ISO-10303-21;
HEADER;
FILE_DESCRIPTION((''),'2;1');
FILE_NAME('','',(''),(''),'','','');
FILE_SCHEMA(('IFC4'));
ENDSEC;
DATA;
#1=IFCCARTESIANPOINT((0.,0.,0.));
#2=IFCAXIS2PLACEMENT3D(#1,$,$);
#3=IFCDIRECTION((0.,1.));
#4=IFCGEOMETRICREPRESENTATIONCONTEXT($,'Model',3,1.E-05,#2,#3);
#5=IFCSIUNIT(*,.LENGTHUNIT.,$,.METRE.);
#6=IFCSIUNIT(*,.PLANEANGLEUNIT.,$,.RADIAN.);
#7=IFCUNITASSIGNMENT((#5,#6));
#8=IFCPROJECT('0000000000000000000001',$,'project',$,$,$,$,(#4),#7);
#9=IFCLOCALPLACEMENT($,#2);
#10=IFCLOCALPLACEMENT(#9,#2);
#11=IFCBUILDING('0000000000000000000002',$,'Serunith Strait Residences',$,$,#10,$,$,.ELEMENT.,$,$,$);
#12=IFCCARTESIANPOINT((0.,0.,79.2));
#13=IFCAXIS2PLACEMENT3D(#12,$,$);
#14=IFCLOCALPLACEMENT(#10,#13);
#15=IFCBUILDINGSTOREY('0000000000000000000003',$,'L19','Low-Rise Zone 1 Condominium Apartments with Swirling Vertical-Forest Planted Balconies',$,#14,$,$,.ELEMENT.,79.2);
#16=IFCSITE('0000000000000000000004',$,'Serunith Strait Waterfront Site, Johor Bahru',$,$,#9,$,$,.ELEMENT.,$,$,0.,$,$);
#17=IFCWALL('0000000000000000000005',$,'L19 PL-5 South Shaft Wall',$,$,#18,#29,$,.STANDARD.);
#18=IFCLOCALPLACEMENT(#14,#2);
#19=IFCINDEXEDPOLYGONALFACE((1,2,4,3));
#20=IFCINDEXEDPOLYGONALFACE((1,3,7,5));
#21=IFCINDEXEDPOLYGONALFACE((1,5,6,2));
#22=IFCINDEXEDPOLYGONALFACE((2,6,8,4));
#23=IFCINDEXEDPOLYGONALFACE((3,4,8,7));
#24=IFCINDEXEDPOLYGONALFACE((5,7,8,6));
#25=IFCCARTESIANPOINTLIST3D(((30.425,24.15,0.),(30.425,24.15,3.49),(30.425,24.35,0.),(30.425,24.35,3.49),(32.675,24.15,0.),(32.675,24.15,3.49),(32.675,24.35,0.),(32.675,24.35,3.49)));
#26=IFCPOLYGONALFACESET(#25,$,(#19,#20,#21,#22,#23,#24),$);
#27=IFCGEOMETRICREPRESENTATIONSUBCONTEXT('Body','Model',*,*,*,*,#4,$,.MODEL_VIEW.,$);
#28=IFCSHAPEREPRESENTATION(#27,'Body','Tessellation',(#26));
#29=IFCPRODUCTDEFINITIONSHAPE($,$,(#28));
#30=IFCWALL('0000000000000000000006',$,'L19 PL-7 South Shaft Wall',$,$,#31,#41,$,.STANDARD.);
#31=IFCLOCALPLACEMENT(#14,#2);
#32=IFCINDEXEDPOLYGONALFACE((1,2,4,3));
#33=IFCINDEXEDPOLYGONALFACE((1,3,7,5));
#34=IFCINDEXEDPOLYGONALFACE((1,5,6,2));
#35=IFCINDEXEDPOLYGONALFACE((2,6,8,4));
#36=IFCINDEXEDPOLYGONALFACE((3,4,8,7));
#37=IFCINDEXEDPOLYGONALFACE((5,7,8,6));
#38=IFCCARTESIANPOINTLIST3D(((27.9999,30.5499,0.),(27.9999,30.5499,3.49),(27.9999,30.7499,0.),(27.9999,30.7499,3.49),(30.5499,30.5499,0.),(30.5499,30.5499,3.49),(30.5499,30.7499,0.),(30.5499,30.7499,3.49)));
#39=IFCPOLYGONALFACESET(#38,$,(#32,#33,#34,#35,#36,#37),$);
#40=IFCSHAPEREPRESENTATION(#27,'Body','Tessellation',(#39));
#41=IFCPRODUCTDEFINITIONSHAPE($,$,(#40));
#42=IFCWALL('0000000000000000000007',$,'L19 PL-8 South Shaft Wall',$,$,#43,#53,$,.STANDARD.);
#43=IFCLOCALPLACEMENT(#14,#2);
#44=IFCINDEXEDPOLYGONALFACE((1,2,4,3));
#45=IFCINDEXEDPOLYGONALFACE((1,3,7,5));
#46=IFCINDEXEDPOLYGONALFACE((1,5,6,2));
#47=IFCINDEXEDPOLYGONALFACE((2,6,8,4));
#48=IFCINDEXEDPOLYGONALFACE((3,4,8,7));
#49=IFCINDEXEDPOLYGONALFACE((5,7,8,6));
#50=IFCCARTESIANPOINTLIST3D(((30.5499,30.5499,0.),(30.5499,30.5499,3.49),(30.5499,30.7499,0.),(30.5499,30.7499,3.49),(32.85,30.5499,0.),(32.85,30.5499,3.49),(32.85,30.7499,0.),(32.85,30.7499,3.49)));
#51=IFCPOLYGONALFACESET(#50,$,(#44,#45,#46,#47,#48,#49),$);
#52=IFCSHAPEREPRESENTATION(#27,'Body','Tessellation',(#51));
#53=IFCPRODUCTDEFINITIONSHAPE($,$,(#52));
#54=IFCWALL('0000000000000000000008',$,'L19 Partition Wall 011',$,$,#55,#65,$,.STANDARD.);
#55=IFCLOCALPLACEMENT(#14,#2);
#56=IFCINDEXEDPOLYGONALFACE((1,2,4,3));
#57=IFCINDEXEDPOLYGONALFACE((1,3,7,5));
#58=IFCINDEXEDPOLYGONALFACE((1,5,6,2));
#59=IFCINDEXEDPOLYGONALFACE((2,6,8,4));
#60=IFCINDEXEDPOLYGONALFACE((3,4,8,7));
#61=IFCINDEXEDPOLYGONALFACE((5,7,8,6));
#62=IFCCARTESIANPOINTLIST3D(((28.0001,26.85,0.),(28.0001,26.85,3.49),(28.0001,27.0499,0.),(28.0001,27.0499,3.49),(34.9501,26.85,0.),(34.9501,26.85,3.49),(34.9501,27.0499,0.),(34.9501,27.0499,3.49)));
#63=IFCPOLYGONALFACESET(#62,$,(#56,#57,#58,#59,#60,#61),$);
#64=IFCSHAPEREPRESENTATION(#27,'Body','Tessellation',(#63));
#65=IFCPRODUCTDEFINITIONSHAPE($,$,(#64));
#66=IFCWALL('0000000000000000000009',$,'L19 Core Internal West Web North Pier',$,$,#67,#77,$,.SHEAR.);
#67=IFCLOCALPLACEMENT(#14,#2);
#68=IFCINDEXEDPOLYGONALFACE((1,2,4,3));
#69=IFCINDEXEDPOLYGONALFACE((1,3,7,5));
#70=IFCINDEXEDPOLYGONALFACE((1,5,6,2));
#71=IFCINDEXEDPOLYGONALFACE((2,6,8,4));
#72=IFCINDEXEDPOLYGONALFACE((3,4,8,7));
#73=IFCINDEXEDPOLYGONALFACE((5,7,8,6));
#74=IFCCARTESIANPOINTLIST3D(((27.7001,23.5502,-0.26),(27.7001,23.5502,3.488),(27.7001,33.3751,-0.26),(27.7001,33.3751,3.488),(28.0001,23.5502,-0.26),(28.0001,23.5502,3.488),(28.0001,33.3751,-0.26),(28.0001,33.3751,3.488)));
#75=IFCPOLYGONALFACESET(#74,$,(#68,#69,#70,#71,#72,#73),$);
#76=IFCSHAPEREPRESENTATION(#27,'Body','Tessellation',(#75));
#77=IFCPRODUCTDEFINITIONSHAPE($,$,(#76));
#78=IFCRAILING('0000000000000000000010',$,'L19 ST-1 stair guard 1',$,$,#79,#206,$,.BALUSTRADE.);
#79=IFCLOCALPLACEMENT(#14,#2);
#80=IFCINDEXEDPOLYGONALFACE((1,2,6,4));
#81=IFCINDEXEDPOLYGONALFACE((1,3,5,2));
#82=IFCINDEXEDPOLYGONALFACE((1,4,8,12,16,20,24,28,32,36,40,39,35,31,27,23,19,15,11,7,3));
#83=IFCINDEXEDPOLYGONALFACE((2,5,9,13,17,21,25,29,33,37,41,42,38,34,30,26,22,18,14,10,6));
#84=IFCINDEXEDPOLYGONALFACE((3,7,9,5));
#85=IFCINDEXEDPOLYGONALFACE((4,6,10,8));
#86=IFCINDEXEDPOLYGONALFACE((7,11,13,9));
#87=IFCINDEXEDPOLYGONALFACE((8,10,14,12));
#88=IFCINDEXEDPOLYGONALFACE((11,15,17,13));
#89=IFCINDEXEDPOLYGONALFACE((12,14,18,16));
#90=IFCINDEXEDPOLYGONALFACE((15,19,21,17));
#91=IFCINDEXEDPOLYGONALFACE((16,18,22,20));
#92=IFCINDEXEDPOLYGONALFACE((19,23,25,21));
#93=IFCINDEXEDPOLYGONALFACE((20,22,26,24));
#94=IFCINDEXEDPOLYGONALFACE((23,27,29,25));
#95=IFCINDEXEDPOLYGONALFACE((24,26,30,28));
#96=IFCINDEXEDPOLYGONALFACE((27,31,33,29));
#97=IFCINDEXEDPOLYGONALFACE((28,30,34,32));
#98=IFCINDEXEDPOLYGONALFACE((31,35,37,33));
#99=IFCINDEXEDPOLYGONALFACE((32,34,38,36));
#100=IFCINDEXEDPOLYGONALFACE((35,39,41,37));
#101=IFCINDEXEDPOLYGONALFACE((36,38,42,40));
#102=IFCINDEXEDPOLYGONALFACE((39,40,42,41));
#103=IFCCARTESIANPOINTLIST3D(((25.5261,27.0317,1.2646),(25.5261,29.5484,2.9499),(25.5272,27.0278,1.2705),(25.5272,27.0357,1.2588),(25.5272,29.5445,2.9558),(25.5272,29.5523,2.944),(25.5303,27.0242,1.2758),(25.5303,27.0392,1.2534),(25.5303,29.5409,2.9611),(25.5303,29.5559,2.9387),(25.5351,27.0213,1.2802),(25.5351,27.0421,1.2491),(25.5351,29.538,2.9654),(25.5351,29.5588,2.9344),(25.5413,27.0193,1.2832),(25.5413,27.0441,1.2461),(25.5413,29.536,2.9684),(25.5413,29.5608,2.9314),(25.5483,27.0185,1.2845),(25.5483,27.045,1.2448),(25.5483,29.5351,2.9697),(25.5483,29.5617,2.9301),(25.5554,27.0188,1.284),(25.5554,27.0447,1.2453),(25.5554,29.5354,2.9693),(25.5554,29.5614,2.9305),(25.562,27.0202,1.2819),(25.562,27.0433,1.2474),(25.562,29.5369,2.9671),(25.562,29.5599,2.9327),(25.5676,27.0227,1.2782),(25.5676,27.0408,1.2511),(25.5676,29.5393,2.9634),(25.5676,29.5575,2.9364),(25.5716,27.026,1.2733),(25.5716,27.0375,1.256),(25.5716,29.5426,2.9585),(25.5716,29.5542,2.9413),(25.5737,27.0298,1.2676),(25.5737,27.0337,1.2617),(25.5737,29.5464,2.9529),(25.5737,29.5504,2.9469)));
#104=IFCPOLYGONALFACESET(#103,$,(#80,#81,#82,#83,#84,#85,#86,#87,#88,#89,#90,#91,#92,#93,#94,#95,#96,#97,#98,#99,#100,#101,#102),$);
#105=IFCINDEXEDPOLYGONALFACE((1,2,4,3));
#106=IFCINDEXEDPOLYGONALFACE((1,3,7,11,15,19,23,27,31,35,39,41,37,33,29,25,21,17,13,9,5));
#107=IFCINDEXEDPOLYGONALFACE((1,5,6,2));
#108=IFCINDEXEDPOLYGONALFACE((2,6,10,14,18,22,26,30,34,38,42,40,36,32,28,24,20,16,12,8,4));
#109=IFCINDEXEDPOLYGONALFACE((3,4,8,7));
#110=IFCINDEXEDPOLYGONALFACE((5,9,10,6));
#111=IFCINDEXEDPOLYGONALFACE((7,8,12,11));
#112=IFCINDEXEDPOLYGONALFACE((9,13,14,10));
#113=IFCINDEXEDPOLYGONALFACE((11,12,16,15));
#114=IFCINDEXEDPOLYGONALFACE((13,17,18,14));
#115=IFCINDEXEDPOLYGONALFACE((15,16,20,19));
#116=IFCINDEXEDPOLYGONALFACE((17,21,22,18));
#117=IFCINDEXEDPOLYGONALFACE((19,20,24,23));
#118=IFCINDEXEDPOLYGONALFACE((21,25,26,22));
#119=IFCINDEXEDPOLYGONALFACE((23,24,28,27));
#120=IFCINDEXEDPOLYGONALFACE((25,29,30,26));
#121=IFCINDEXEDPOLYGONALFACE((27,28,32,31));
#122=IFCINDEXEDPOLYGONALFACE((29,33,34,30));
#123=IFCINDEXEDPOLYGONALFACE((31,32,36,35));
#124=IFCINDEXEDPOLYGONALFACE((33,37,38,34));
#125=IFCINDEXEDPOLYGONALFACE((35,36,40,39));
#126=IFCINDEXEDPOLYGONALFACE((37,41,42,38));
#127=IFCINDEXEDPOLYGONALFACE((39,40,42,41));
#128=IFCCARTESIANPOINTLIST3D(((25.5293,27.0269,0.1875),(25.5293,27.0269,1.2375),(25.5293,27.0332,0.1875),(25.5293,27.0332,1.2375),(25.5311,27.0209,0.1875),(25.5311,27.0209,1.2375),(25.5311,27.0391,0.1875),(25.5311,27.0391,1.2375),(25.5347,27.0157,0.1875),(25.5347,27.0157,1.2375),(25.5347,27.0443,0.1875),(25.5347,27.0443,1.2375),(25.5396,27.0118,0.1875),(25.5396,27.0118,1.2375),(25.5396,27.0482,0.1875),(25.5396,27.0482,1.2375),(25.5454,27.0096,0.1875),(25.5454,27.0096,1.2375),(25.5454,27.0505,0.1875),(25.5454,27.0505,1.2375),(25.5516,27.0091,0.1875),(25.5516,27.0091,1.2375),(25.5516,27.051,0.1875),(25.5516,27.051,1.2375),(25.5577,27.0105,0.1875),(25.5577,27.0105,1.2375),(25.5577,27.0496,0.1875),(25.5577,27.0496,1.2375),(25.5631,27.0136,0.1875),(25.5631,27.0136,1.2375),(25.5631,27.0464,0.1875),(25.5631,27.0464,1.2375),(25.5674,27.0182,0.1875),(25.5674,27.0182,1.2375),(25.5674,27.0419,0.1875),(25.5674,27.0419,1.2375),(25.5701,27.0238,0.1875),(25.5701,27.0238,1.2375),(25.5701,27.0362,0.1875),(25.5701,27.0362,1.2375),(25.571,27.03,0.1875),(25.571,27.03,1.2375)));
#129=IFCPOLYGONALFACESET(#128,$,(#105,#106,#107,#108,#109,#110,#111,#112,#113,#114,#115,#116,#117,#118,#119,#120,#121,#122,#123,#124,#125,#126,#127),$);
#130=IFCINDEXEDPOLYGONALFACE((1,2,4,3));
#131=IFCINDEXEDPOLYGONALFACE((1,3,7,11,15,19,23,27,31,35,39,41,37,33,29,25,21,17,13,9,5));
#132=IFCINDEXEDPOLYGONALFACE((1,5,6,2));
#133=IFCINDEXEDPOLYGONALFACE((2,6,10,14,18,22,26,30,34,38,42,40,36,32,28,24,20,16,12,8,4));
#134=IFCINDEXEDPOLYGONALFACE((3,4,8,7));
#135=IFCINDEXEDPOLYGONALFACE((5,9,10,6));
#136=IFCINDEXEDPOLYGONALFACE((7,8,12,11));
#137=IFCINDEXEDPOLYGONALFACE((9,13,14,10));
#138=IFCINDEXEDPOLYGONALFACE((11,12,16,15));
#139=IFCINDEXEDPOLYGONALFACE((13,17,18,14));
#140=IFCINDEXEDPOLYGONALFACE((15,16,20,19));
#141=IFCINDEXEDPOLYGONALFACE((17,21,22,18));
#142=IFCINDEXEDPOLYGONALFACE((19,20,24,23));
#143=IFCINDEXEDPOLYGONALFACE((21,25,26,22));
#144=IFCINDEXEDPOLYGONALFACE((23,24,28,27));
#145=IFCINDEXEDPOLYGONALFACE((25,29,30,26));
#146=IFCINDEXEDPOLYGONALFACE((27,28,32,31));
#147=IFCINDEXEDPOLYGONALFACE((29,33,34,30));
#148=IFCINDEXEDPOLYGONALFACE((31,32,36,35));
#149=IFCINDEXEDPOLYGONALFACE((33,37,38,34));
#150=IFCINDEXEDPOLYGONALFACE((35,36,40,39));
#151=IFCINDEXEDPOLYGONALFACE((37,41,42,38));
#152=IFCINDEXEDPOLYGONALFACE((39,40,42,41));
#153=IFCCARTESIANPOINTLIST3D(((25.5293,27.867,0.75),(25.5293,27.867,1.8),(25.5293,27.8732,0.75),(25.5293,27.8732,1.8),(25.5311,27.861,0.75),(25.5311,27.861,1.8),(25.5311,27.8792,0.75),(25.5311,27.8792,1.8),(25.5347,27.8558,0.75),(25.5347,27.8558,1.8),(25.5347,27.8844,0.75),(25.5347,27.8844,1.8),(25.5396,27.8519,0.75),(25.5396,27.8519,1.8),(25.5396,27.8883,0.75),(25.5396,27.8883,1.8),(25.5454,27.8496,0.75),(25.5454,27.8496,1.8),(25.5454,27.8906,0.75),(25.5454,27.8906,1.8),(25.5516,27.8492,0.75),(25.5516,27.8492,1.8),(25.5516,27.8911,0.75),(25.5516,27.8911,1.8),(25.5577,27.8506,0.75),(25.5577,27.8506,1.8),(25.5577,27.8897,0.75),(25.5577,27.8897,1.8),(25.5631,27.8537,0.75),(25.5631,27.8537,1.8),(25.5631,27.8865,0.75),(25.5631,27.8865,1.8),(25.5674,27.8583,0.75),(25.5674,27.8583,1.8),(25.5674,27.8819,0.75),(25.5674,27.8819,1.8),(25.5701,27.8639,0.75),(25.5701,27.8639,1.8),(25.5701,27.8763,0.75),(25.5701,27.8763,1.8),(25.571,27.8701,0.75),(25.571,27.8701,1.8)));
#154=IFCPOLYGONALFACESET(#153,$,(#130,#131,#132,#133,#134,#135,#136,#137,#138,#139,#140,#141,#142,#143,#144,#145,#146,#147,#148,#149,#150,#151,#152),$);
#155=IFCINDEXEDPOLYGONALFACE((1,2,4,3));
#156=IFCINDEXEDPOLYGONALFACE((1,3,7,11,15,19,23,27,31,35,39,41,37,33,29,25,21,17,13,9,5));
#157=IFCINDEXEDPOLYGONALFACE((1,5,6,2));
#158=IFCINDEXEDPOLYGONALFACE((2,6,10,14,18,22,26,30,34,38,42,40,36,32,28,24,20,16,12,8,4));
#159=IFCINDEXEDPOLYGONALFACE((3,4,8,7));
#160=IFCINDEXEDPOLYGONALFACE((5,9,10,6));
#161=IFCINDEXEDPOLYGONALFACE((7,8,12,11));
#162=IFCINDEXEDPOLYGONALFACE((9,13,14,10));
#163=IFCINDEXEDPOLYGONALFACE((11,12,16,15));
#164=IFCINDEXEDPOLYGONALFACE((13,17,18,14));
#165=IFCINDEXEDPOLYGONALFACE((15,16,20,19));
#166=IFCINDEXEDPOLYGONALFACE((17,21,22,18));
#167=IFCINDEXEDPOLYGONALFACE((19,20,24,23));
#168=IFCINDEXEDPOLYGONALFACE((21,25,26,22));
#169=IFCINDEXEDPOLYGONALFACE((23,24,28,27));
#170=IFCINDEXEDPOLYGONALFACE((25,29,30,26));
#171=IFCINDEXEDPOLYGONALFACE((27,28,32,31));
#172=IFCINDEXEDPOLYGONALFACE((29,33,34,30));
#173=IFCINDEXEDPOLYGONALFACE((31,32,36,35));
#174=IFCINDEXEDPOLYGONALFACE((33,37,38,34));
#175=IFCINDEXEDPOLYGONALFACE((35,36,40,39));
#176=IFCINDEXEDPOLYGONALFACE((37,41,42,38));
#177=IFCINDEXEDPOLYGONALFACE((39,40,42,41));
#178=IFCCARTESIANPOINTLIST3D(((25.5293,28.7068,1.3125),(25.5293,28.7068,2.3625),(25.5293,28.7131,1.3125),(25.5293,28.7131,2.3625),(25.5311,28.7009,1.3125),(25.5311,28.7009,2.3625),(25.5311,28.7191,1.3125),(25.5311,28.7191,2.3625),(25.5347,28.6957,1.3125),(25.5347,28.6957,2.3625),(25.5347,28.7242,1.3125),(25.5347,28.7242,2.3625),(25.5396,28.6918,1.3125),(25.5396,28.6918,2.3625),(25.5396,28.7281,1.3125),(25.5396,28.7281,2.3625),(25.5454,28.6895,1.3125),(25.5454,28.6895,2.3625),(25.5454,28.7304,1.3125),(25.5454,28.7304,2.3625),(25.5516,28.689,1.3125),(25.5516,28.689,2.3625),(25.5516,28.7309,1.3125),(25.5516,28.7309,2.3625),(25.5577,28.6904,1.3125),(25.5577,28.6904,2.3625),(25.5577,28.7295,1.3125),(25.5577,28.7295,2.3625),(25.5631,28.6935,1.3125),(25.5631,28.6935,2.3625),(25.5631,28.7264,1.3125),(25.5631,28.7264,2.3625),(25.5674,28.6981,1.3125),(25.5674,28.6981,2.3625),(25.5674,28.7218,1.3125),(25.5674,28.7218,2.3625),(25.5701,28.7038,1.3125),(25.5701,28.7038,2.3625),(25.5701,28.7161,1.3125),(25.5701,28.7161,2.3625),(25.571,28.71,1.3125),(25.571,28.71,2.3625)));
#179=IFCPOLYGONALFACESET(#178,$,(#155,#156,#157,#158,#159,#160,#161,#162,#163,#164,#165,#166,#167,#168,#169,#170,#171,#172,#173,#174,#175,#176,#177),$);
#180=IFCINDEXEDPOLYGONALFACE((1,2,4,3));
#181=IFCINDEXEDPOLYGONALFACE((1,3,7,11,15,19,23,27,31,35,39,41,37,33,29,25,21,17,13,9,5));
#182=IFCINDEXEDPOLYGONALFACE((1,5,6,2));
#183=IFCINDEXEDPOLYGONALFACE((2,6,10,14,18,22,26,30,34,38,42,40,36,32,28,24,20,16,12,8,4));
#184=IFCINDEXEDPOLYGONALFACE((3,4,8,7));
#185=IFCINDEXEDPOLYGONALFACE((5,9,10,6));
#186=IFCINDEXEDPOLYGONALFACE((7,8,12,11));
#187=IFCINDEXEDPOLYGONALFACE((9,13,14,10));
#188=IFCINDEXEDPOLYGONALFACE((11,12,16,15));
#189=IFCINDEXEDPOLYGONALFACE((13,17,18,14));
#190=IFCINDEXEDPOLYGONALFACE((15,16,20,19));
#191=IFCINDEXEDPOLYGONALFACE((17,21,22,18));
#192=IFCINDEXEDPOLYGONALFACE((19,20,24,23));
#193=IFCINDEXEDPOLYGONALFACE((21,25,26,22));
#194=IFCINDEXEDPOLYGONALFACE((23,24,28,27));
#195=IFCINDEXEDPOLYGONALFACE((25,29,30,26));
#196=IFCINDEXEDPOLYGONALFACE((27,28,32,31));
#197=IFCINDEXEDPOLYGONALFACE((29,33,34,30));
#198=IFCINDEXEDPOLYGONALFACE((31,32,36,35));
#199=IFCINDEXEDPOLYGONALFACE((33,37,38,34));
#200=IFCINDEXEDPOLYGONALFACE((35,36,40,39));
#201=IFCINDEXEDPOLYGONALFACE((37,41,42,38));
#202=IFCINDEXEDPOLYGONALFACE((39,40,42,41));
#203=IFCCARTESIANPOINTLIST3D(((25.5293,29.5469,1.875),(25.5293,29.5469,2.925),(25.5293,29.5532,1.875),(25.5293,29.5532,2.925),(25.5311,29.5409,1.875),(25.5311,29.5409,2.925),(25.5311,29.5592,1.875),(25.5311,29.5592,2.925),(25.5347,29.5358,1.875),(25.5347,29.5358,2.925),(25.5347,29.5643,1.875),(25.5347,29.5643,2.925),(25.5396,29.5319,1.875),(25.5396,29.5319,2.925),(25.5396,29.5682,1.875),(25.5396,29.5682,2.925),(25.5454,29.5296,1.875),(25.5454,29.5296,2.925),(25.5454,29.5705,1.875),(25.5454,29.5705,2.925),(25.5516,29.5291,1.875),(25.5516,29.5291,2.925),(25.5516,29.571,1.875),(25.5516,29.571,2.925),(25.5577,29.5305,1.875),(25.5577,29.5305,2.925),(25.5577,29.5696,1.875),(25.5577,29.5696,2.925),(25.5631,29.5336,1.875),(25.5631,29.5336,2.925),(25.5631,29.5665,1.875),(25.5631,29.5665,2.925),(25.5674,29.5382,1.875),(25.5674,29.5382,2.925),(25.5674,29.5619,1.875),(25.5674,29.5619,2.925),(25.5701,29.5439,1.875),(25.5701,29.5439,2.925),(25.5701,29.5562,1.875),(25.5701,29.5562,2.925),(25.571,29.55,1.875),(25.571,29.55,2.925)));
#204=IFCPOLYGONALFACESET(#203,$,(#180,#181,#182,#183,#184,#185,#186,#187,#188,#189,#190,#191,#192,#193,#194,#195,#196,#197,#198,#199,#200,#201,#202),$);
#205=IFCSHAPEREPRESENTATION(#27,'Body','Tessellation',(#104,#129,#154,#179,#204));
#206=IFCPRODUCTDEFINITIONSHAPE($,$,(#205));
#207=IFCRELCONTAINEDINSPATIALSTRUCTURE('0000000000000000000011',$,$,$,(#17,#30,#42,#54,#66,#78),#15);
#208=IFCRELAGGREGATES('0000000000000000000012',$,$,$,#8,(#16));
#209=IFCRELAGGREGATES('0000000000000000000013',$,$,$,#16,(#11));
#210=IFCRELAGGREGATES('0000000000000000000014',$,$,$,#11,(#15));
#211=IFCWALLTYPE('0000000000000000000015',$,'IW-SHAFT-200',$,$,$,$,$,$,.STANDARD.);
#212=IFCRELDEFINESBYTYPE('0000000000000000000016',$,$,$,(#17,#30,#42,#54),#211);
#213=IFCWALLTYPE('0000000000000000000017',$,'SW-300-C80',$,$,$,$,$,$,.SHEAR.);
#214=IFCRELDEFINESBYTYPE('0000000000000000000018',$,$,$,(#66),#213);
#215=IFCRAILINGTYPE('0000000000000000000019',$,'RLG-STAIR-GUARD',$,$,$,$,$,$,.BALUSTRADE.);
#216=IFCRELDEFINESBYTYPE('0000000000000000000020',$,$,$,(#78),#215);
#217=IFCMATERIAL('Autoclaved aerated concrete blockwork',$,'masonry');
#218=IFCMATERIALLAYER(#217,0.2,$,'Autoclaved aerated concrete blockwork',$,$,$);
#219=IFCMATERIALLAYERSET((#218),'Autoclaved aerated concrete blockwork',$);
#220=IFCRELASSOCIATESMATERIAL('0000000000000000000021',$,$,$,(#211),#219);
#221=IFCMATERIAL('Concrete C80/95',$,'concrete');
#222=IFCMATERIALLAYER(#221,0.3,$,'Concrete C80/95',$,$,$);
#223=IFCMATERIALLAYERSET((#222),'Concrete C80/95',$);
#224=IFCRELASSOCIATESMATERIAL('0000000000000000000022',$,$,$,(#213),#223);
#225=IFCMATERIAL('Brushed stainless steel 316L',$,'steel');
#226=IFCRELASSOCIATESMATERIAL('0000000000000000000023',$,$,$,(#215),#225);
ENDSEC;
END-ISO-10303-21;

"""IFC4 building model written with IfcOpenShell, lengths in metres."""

from ifc_helpers import new_model, si_unit, direction, frame, frame_2d, origin, origin_2d, place, context, subcontext, project, spatial, rectangle, circle, extrude, material, layer, layer_set, type_object, element, save


model = new_model("IFC4")

# Units and contexts
model_context = context("Model", 3, precision=1e-05, world=origin(), true_north=direction((0.0, 1.0)))
body_context = subcontext(model_context, "Body", "Model", "MODEL_VIEW")
ifc_project = project(units=[si_unit("LENGTHUNIT", "METRE"), si_unit("PLANEANGLEUNIT", "RADIAN")], contexts=[model_context])

# Site, building, storey
site_placement = place(None, origin())
site = spatial("IfcSite", under=ifc_project, at=site_placement, Name="Serunith Strait Waterfront Site, Johor Bahru", CompositionType="ELEMENT", RefElevation=0.0)
building_placement = place(site_placement, origin())
building = spatial("IfcBuilding", under=site, at=building_placement, Name="Serunith Strait Residences", CompositionType="ELEMENT")
storey_placement = place(building_placement, frame((0.0, 0.0, 79.2)))
storey = spatial("IfcBuildingStorey", under=building, at=storey_placement, Name="L19", Description="Low-Rise Zone 1 Condominium Apartments with Swirling Vertical-Forest Planted Balconies", CompositionType="ELEMENT", Elevation=79.2)

# Walls
ifc_material_1 = material(Name="Autoclaved aerated concrete blockwork", Category="masonry")
ifc_layer_1 = layer(ifc_material_1, 0.2, Name="Autoclaved aerated concrete blockwork")
ifc_layer_set_1 = layer_set([ifc_layer_1], Name="Autoclaved aerated concrete blockwork")
wall_type_1 = type_object("IfcWallType", Name="IW-SHAFT-200", PredefinedType="STANDARD", material=ifc_layer_set_1)
wall_1_placement = place(storey_placement, frame((30.425, 24.25, 0.0), z_axis=(0.0, 0.0, 1.0), x_axis=(1.0, 0.0, 0.0)))
element("IfcWall", 1, at=wall_1_placement, inside=storey, type_object=wall_type_1, Name="L19 PL-5 South Shaft Wall", PredefinedType="STANDARD", context=body_context, shape_type="SweptSolid", body=[
    extrude(rectangle(XDim=2.25, YDim=0.2, at=frame_2d((1.125, 0.0))), origin(), (0.0, 0.0, 1.0), 3.49),
])
wall_2_placement = place(storey_placement, frame((28.0, 30.6499, 0.0), z_axis=(0.0, 0.0, 1.0), x_axis=(1.0, 0.0, 0.0)))
element("IfcWall", 2, at=wall_2_placement, inside=storey, type_object=wall_type_1, Name="L19 PL-7 South Shaft Wall", PredefinedType="STANDARD", context=body_context, shape_type="SweptSolid", body=[
    extrude(rectangle(XDim=2.55, YDim=0.2, at=frame_2d((1.2749, 0.0))), origin(), (0.0, 0.0, 1.0), 3.49),
])
wall_3_placement = place(storey_placement, frame((30.55, 30.6499, 0.0), z_axis=(0.0, 0.0, 1.0), x_axis=(1.0, 0.0, 0.0)))
element("IfcWall", 3, at=wall_3_placement, inside=storey, type_object=wall_type_1, Name="L19 PL-8 South Shaft Wall", PredefinedType="STANDARD", context=body_context, shape_type="SweptSolid", body=[
    extrude(rectangle(XDim=2.3, YDim=0.2, at=frame_2d((1.1499, 0.0))), origin(), (0.0, 0.0, 1.0), 3.49),
])
wall_4_placement = place(storey_placement, frame((28.0, 26.95, 0.0), z_axis=(0.0, 0.0, 1.0), x_axis=(1.0, 0.0, 0.0)))
element("IfcWall", 4, at=wall_4_placement, inside=storey, type_object=wall_type_1, Name="L19 Partition Wall 011", PredefinedType="STANDARD", context=body_context, shape_type="SweptSolid", body=[
    extrude(rectangle(XDim=6.95, YDim=0.2, at=frame_2d((3.4751, 0.0))), origin(), (0.0, 0.0, 1.0), 3.49),
])
ifc_material_2 = material(Name="Concrete C80/95", Category="concrete")
ifc_layer_2 = layer(ifc_material_2, 0.3, Name="Concrete C80/95")
ifc_layer_set_2 = layer_set([ifc_layer_2], Name="Concrete C80/95")
wall_type_2 = type_object("IfcWallType", Name="SW-300-C80", PredefinedType="SHEAR", material=ifc_layer_set_2)
wall_5_placement = place(storey_placement, frame((27.8501, 23.55, -0.26), z_axis=(0.0, 0.0, 1.0), x_axis=(0.0, 1.0, 0.0)))
element("IfcWall", 5, at=wall_5_placement, inside=storey, type_object=wall_type_2, Name="L19 Core Internal West Web North Pier", PredefinedType="SHEAR", context=body_context, shape_type="SweptSolid", body=[
    extrude(rectangle(XDim=9.825, YDim=0.3, at=frame_2d((4.9126, 0.0))), origin(), (0.0, 0.0, 1.0), 3.748),
])

# Railing
ifc_material_3 = material(Name="Brushed stainless steel 316L", Category="steel")
railing_type_1 = type_object("IfcRailingType", Name="RLG-STAIR-GUARD", PredefinedType="BALUSTRADE", material=ifc_material_3)
railing_1_placement = place(storey_placement, frame((25.55, 27.03, 0.1875)))
element("IfcRailing", 6, at=railing_1_placement, inside=storey, type_object=railing_type_1, Name="L19 ST-1 stair guard 1", PredefinedType="BALUSTRADE", context=body_context, shape_type="SweptSolid", body=[
    extrude(circle(Radius=0.0239, at=origin_2d()), frame((0.0, 0.0017, 1.0771), z_axis=(0.0, 0.830909, 0.556408), x_axis=(-1.0, 0.0, 0.0)), (0.0, 0.0, 1.0), 3.0288),
    extrude(circle(Radius=0.021, at=origin_2d()), origin(), (0.0, 0.0, 1.0), 1.05),
    extrude(circle(Radius=0.021, at=origin_2d()), frame((0.0, 0.8401, 0.5625)), (0.0, 0.0, 1.0), 1.05),
    extrude(circle(Radius=0.021, at=origin_2d()), frame((0.0, 1.6799, 1.125)), (0.0, 0.0, 1.0), 1.05),
    extrude(circle(Radius=0.021, at=origin_2d()), frame((0.0, 2.52, 1.6875)), (0.0, 0.0, 1.0), 1.05),
])

save(model, "model.ifc")
